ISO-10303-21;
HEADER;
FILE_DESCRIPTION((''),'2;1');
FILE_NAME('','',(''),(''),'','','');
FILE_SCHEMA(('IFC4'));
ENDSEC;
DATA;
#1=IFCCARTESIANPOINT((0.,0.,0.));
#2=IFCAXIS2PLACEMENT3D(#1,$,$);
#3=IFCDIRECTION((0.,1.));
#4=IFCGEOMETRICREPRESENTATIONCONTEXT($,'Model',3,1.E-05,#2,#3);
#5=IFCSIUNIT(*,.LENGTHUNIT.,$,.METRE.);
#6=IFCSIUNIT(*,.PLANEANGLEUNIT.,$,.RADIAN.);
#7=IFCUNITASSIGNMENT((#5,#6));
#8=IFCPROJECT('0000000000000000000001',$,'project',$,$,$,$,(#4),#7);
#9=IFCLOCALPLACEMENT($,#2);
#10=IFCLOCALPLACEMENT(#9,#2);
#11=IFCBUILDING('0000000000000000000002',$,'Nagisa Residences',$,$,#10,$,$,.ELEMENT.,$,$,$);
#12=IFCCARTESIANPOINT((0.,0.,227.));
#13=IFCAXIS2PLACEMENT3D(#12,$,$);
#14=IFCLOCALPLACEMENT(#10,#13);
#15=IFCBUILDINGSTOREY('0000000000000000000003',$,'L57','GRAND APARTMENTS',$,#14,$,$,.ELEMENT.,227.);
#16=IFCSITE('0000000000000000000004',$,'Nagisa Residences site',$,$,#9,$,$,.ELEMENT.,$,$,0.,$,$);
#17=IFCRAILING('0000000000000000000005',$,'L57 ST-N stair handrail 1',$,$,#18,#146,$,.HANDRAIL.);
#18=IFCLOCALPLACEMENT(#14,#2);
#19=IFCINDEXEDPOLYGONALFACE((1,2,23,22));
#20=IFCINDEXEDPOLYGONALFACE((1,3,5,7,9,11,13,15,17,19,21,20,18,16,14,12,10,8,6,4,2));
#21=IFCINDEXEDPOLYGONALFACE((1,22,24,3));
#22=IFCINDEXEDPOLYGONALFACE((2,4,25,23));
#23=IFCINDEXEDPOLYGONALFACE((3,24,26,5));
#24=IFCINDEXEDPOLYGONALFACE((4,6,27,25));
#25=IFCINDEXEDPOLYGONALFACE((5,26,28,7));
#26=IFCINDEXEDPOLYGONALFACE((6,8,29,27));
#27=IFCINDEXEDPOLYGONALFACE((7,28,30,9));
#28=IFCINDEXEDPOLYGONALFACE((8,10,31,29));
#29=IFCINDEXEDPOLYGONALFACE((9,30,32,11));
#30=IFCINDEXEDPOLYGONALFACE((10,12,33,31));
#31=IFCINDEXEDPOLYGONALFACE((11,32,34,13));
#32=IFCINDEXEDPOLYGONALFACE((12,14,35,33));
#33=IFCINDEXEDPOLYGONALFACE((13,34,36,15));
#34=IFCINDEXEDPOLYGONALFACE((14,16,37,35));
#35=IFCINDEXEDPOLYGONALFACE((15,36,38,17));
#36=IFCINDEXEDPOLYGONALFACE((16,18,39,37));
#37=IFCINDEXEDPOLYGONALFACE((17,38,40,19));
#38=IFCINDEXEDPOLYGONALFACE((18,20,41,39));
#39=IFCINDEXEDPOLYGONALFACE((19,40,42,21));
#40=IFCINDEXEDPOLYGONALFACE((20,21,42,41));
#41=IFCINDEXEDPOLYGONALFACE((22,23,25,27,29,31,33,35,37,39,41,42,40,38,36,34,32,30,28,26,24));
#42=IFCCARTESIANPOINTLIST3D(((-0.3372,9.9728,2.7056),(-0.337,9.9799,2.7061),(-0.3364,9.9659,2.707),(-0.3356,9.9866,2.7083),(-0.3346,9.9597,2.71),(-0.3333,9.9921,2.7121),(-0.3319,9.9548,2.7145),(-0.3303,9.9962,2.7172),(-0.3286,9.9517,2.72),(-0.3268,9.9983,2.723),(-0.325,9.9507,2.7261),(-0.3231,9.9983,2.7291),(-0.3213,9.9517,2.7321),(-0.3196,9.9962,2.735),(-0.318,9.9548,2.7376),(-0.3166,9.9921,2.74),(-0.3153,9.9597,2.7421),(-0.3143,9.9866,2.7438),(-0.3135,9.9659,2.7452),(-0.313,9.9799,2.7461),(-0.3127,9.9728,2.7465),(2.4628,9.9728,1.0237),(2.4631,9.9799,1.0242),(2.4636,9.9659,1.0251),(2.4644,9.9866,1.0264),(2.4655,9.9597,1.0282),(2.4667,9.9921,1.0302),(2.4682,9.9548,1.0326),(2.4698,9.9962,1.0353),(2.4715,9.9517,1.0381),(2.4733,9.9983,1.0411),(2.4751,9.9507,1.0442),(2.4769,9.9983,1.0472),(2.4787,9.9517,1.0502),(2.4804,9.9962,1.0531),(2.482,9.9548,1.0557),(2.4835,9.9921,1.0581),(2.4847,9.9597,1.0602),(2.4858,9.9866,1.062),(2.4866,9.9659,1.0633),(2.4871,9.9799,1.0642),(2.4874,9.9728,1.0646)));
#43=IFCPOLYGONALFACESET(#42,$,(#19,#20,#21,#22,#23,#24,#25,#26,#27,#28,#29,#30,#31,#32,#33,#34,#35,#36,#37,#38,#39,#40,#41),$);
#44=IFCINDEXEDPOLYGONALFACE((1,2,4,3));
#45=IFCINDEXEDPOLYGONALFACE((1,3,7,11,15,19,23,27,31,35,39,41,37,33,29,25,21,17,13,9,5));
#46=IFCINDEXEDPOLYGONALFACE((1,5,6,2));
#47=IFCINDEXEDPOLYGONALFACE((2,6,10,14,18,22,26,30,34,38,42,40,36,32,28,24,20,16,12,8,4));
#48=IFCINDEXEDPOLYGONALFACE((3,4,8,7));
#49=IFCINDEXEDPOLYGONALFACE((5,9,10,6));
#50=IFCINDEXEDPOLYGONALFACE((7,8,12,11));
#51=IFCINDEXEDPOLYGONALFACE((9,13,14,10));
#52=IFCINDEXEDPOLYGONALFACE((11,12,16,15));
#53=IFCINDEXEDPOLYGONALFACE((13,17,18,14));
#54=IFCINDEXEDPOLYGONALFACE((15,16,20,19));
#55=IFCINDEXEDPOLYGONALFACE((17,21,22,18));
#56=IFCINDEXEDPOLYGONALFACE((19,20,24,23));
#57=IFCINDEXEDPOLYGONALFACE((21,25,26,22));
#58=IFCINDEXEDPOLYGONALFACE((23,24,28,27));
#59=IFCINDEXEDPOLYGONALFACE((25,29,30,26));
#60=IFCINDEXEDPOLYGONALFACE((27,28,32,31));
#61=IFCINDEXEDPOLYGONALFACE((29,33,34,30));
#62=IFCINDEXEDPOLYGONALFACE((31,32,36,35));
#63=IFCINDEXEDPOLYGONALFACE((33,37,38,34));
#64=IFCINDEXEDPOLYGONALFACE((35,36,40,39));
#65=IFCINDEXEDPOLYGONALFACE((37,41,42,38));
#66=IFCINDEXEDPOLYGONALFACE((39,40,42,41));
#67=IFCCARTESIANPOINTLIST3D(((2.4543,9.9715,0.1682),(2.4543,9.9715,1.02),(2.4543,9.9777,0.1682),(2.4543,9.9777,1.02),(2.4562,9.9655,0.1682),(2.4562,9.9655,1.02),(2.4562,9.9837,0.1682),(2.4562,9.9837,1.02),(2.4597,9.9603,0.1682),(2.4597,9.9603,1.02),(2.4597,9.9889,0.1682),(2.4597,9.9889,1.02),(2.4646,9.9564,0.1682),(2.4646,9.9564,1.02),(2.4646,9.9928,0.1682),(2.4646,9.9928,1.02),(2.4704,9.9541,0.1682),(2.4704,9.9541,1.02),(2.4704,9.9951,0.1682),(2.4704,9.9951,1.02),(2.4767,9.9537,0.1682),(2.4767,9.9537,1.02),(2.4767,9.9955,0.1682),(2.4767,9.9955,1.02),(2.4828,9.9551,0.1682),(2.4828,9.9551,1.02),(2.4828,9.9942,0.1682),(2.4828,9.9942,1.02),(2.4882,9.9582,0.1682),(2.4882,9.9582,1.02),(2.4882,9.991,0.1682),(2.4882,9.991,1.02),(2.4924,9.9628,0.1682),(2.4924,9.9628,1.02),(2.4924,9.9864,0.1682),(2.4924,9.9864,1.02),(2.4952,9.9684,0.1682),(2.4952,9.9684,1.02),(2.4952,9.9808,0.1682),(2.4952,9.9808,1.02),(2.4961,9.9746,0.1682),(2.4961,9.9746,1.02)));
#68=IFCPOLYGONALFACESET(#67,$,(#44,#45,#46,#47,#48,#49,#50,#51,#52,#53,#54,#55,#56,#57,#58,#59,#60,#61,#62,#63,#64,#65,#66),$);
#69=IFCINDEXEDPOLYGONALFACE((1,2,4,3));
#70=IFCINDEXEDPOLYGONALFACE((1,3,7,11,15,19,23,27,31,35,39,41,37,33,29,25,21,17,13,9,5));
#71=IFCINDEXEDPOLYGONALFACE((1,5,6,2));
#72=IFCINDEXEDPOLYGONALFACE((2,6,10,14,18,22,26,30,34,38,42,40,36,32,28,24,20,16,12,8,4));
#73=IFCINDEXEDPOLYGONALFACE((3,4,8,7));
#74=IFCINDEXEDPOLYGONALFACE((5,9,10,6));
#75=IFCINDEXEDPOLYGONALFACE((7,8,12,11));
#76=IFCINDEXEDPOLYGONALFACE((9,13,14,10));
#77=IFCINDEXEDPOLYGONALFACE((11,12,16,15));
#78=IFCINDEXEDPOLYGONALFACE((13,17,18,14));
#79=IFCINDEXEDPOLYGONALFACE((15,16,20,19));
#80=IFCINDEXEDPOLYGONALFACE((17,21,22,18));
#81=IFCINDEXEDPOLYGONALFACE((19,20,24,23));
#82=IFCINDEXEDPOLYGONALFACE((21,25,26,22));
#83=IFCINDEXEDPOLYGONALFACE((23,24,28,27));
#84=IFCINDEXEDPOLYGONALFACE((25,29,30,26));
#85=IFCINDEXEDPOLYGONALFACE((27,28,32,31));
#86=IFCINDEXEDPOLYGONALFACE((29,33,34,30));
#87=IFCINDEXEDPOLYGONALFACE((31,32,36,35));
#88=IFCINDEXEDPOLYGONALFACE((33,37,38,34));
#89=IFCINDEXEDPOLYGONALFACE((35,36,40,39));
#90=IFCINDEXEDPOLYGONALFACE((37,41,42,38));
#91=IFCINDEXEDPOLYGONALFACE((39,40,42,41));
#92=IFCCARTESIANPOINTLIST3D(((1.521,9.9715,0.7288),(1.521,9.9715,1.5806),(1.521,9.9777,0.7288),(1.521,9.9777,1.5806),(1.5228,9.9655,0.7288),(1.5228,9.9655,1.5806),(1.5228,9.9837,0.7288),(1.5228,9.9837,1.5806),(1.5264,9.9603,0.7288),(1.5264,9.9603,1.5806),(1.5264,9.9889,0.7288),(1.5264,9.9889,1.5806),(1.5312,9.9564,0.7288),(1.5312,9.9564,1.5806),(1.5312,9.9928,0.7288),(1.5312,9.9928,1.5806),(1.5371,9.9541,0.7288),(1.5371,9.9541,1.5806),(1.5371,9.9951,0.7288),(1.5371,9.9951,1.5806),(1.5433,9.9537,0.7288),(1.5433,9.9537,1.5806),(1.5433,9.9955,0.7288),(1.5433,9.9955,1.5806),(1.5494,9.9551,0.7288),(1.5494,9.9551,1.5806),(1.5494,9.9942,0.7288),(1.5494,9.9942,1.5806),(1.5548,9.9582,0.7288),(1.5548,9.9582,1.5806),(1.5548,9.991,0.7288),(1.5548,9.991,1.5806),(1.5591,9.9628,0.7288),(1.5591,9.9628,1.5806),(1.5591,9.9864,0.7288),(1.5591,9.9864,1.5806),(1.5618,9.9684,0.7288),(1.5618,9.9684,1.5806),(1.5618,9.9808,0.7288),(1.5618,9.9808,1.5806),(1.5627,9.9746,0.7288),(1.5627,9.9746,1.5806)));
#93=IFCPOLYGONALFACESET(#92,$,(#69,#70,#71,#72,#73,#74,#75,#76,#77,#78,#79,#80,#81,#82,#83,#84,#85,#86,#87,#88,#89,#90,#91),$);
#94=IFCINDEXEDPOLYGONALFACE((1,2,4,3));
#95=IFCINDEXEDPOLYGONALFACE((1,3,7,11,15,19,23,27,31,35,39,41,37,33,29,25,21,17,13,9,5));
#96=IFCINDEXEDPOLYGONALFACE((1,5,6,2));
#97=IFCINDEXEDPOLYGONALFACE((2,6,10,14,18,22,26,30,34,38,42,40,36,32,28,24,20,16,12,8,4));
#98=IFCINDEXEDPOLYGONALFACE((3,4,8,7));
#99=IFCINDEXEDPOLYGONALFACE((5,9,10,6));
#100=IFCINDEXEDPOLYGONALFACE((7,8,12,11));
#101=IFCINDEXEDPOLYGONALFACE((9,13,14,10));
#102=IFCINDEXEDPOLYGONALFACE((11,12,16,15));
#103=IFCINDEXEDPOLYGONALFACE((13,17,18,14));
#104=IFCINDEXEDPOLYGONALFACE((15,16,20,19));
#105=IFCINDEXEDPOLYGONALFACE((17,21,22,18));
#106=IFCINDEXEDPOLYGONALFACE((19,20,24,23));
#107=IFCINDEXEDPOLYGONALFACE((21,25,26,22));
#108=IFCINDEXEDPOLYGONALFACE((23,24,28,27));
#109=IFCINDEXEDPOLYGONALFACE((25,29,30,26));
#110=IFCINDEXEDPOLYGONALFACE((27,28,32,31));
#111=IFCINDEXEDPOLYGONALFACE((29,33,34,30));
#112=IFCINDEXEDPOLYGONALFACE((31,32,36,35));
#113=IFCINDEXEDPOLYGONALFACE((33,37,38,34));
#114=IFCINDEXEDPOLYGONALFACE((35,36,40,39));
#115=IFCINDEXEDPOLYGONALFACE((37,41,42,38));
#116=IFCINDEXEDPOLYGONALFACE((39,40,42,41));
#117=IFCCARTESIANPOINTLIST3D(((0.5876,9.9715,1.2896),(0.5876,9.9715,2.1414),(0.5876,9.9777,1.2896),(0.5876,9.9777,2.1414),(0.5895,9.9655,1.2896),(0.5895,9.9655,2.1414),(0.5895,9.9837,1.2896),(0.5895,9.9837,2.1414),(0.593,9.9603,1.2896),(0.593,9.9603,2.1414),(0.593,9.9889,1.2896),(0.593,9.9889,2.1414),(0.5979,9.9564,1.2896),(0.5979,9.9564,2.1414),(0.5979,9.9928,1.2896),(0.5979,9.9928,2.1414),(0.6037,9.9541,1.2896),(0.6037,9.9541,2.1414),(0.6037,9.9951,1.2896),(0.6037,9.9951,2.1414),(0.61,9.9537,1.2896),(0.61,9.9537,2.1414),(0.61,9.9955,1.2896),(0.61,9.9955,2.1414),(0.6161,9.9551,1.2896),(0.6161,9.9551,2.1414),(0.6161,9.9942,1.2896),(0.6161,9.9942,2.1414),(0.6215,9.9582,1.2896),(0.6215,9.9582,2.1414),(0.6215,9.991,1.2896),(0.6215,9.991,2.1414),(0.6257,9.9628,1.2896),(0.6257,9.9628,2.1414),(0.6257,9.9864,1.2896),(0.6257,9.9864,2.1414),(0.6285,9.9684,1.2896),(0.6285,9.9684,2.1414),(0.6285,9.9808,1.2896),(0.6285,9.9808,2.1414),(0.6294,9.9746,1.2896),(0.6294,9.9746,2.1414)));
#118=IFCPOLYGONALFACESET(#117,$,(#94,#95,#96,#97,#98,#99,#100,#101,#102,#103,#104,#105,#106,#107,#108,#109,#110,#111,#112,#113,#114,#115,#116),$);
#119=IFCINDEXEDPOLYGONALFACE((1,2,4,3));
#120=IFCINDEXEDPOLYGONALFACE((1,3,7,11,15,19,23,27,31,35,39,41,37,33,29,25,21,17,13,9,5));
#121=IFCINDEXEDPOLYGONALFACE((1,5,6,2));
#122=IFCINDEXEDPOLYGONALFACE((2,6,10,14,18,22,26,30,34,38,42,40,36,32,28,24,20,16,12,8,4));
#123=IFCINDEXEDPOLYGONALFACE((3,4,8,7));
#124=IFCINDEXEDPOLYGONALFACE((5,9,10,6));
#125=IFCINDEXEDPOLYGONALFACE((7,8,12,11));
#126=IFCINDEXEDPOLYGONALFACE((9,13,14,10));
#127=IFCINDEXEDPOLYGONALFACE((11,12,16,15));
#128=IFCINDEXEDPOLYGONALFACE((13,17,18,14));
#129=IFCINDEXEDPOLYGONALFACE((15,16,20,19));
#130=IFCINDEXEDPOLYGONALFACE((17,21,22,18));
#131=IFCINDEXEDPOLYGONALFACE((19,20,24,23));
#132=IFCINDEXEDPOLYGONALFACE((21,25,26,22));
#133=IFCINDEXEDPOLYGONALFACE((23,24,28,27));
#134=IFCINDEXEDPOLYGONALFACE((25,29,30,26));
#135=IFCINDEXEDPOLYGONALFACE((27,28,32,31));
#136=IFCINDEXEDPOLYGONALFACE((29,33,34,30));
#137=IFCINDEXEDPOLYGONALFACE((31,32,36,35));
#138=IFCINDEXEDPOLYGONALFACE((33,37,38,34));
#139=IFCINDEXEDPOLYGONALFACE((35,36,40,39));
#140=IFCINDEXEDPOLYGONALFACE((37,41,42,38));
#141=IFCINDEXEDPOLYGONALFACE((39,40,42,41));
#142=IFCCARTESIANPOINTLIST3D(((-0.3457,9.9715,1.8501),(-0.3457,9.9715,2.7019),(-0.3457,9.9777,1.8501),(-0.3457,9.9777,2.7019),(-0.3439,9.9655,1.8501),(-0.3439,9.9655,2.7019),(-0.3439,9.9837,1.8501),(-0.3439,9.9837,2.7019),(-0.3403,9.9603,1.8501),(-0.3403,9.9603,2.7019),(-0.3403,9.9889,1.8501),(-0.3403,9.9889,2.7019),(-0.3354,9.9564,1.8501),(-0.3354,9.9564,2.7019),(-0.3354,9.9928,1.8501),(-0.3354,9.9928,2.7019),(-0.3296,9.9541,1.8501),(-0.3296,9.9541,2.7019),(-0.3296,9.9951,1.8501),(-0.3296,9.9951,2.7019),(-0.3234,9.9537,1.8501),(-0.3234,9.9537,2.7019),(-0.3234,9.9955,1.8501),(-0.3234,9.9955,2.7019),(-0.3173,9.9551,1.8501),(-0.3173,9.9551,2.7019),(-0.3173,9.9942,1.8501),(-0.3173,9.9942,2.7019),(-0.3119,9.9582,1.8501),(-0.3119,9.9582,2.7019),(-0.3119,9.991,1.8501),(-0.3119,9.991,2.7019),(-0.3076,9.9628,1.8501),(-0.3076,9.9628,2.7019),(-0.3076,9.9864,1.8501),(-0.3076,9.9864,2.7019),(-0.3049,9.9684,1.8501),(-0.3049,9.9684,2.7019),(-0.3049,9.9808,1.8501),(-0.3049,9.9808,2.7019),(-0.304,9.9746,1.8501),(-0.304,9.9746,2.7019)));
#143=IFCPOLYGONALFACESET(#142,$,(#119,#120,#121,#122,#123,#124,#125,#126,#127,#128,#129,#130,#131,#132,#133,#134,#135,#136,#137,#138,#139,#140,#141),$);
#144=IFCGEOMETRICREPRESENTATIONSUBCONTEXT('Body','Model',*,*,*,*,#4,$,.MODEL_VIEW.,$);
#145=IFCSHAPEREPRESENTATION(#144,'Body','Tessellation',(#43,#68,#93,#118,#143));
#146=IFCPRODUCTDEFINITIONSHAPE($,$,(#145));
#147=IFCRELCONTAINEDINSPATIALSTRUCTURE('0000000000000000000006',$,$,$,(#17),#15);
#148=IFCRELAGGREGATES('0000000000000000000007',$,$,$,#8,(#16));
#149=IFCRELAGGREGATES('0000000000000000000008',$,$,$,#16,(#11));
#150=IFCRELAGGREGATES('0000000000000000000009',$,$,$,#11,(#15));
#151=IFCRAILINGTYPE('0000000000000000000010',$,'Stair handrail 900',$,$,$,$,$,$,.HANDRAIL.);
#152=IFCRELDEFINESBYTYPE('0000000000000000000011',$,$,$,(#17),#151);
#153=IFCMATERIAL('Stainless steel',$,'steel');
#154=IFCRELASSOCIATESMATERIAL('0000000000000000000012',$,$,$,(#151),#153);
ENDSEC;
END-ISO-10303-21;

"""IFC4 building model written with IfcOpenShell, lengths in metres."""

from ifc_helpers import new_model, si_unit, direction, frame, origin, origin_2d, place, context, subcontext, project, spatial, circle, extrude, material, type_object, element, save


model = new_model("IFC4")

# Units and contexts
model_context = context("Model", 3, precision=1e-05, world=origin(), true_north=direction((0.0, 1.0)))
body_context = subcontext(model_context, "Body", "Model", "MODEL_VIEW")
ifc_project = project(units=[si_unit("LENGTHUNIT", "METRE"), si_unit("PLANEANGLEUNIT", "RADIAN")], contexts=[model_context])

# Site, building, storey
site_placement = place(None, origin())
site = spatial("IfcSite", under=ifc_project, at=site_placement, Name="Nagisa Residences site", CompositionType="ELEMENT", RefElevation=0.0)
building_placement = place(site_placement, origin())
building = spatial("IfcBuilding", under=site, at=building_placement, Name="Nagisa Residences", CompositionType="ELEMENT")
storey_placement = place(building_placement, frame((0.0, 0.0, 227.0)))
storey = spatial("IfcBuildingStorey", under=building, at=storey_placement, Name="L57", Description="GRAND APARTMENTS", CompositionType="ELEMENT", Elevation=227.0)

# Railing
ifc_material_1 = material(Name="Stainless steel", Category="steel")
railing_type_1 = type_object("IfcRailingType", Name="Stair handrail 900", PredefinedType="HANDRAIL", material=ifc_material_1)
railing_1_placement = place(storey_placement, frame((2.4751, 9.9746, 0.1682)))
element("IfcRailing", 1, at=railing_1_placement, inside=storey, type_object=railing_type_1, Name="L57 ST-N stair handrail 1", PredefinedType="HANDRAIL", context=body_context, shape_type="SweptSolid", body=[
    extrude(circle(Radius=0.0239, at=origin_2d()), frame((0.0, 0.0, 0.876), z_axis=(-0.857242, 0.0, 0.514913), x_axis=(0.0, -1.0, 0.0)), (0.0, 0.0, 1.0), 3.2664),
    extrude(circle(Radius=0.021, at=origin_2d()), origin(), (0.0, 0.0, 1.0), 0.8518),
    extrude(circle(Radius=0.021, at=origin_2d()), frame((-0.9333, 0.0, 0.5605)), (0.0, 0.0, 1.0), 0.8518),
    extrude(circle(Radius=0.021, at=origin_2d()), frame((-1.8667, 0.0, 1.1213)), (0.0, 0.0, 1.0), 0.8518),
    extrude(circle(Radius=0.021, at=origin_2d()), frame((-2.8, 0.0, 1.6819)), (0.0, 0.0, 1.0), 0.8518),
])

save(model, "model.ifc")
